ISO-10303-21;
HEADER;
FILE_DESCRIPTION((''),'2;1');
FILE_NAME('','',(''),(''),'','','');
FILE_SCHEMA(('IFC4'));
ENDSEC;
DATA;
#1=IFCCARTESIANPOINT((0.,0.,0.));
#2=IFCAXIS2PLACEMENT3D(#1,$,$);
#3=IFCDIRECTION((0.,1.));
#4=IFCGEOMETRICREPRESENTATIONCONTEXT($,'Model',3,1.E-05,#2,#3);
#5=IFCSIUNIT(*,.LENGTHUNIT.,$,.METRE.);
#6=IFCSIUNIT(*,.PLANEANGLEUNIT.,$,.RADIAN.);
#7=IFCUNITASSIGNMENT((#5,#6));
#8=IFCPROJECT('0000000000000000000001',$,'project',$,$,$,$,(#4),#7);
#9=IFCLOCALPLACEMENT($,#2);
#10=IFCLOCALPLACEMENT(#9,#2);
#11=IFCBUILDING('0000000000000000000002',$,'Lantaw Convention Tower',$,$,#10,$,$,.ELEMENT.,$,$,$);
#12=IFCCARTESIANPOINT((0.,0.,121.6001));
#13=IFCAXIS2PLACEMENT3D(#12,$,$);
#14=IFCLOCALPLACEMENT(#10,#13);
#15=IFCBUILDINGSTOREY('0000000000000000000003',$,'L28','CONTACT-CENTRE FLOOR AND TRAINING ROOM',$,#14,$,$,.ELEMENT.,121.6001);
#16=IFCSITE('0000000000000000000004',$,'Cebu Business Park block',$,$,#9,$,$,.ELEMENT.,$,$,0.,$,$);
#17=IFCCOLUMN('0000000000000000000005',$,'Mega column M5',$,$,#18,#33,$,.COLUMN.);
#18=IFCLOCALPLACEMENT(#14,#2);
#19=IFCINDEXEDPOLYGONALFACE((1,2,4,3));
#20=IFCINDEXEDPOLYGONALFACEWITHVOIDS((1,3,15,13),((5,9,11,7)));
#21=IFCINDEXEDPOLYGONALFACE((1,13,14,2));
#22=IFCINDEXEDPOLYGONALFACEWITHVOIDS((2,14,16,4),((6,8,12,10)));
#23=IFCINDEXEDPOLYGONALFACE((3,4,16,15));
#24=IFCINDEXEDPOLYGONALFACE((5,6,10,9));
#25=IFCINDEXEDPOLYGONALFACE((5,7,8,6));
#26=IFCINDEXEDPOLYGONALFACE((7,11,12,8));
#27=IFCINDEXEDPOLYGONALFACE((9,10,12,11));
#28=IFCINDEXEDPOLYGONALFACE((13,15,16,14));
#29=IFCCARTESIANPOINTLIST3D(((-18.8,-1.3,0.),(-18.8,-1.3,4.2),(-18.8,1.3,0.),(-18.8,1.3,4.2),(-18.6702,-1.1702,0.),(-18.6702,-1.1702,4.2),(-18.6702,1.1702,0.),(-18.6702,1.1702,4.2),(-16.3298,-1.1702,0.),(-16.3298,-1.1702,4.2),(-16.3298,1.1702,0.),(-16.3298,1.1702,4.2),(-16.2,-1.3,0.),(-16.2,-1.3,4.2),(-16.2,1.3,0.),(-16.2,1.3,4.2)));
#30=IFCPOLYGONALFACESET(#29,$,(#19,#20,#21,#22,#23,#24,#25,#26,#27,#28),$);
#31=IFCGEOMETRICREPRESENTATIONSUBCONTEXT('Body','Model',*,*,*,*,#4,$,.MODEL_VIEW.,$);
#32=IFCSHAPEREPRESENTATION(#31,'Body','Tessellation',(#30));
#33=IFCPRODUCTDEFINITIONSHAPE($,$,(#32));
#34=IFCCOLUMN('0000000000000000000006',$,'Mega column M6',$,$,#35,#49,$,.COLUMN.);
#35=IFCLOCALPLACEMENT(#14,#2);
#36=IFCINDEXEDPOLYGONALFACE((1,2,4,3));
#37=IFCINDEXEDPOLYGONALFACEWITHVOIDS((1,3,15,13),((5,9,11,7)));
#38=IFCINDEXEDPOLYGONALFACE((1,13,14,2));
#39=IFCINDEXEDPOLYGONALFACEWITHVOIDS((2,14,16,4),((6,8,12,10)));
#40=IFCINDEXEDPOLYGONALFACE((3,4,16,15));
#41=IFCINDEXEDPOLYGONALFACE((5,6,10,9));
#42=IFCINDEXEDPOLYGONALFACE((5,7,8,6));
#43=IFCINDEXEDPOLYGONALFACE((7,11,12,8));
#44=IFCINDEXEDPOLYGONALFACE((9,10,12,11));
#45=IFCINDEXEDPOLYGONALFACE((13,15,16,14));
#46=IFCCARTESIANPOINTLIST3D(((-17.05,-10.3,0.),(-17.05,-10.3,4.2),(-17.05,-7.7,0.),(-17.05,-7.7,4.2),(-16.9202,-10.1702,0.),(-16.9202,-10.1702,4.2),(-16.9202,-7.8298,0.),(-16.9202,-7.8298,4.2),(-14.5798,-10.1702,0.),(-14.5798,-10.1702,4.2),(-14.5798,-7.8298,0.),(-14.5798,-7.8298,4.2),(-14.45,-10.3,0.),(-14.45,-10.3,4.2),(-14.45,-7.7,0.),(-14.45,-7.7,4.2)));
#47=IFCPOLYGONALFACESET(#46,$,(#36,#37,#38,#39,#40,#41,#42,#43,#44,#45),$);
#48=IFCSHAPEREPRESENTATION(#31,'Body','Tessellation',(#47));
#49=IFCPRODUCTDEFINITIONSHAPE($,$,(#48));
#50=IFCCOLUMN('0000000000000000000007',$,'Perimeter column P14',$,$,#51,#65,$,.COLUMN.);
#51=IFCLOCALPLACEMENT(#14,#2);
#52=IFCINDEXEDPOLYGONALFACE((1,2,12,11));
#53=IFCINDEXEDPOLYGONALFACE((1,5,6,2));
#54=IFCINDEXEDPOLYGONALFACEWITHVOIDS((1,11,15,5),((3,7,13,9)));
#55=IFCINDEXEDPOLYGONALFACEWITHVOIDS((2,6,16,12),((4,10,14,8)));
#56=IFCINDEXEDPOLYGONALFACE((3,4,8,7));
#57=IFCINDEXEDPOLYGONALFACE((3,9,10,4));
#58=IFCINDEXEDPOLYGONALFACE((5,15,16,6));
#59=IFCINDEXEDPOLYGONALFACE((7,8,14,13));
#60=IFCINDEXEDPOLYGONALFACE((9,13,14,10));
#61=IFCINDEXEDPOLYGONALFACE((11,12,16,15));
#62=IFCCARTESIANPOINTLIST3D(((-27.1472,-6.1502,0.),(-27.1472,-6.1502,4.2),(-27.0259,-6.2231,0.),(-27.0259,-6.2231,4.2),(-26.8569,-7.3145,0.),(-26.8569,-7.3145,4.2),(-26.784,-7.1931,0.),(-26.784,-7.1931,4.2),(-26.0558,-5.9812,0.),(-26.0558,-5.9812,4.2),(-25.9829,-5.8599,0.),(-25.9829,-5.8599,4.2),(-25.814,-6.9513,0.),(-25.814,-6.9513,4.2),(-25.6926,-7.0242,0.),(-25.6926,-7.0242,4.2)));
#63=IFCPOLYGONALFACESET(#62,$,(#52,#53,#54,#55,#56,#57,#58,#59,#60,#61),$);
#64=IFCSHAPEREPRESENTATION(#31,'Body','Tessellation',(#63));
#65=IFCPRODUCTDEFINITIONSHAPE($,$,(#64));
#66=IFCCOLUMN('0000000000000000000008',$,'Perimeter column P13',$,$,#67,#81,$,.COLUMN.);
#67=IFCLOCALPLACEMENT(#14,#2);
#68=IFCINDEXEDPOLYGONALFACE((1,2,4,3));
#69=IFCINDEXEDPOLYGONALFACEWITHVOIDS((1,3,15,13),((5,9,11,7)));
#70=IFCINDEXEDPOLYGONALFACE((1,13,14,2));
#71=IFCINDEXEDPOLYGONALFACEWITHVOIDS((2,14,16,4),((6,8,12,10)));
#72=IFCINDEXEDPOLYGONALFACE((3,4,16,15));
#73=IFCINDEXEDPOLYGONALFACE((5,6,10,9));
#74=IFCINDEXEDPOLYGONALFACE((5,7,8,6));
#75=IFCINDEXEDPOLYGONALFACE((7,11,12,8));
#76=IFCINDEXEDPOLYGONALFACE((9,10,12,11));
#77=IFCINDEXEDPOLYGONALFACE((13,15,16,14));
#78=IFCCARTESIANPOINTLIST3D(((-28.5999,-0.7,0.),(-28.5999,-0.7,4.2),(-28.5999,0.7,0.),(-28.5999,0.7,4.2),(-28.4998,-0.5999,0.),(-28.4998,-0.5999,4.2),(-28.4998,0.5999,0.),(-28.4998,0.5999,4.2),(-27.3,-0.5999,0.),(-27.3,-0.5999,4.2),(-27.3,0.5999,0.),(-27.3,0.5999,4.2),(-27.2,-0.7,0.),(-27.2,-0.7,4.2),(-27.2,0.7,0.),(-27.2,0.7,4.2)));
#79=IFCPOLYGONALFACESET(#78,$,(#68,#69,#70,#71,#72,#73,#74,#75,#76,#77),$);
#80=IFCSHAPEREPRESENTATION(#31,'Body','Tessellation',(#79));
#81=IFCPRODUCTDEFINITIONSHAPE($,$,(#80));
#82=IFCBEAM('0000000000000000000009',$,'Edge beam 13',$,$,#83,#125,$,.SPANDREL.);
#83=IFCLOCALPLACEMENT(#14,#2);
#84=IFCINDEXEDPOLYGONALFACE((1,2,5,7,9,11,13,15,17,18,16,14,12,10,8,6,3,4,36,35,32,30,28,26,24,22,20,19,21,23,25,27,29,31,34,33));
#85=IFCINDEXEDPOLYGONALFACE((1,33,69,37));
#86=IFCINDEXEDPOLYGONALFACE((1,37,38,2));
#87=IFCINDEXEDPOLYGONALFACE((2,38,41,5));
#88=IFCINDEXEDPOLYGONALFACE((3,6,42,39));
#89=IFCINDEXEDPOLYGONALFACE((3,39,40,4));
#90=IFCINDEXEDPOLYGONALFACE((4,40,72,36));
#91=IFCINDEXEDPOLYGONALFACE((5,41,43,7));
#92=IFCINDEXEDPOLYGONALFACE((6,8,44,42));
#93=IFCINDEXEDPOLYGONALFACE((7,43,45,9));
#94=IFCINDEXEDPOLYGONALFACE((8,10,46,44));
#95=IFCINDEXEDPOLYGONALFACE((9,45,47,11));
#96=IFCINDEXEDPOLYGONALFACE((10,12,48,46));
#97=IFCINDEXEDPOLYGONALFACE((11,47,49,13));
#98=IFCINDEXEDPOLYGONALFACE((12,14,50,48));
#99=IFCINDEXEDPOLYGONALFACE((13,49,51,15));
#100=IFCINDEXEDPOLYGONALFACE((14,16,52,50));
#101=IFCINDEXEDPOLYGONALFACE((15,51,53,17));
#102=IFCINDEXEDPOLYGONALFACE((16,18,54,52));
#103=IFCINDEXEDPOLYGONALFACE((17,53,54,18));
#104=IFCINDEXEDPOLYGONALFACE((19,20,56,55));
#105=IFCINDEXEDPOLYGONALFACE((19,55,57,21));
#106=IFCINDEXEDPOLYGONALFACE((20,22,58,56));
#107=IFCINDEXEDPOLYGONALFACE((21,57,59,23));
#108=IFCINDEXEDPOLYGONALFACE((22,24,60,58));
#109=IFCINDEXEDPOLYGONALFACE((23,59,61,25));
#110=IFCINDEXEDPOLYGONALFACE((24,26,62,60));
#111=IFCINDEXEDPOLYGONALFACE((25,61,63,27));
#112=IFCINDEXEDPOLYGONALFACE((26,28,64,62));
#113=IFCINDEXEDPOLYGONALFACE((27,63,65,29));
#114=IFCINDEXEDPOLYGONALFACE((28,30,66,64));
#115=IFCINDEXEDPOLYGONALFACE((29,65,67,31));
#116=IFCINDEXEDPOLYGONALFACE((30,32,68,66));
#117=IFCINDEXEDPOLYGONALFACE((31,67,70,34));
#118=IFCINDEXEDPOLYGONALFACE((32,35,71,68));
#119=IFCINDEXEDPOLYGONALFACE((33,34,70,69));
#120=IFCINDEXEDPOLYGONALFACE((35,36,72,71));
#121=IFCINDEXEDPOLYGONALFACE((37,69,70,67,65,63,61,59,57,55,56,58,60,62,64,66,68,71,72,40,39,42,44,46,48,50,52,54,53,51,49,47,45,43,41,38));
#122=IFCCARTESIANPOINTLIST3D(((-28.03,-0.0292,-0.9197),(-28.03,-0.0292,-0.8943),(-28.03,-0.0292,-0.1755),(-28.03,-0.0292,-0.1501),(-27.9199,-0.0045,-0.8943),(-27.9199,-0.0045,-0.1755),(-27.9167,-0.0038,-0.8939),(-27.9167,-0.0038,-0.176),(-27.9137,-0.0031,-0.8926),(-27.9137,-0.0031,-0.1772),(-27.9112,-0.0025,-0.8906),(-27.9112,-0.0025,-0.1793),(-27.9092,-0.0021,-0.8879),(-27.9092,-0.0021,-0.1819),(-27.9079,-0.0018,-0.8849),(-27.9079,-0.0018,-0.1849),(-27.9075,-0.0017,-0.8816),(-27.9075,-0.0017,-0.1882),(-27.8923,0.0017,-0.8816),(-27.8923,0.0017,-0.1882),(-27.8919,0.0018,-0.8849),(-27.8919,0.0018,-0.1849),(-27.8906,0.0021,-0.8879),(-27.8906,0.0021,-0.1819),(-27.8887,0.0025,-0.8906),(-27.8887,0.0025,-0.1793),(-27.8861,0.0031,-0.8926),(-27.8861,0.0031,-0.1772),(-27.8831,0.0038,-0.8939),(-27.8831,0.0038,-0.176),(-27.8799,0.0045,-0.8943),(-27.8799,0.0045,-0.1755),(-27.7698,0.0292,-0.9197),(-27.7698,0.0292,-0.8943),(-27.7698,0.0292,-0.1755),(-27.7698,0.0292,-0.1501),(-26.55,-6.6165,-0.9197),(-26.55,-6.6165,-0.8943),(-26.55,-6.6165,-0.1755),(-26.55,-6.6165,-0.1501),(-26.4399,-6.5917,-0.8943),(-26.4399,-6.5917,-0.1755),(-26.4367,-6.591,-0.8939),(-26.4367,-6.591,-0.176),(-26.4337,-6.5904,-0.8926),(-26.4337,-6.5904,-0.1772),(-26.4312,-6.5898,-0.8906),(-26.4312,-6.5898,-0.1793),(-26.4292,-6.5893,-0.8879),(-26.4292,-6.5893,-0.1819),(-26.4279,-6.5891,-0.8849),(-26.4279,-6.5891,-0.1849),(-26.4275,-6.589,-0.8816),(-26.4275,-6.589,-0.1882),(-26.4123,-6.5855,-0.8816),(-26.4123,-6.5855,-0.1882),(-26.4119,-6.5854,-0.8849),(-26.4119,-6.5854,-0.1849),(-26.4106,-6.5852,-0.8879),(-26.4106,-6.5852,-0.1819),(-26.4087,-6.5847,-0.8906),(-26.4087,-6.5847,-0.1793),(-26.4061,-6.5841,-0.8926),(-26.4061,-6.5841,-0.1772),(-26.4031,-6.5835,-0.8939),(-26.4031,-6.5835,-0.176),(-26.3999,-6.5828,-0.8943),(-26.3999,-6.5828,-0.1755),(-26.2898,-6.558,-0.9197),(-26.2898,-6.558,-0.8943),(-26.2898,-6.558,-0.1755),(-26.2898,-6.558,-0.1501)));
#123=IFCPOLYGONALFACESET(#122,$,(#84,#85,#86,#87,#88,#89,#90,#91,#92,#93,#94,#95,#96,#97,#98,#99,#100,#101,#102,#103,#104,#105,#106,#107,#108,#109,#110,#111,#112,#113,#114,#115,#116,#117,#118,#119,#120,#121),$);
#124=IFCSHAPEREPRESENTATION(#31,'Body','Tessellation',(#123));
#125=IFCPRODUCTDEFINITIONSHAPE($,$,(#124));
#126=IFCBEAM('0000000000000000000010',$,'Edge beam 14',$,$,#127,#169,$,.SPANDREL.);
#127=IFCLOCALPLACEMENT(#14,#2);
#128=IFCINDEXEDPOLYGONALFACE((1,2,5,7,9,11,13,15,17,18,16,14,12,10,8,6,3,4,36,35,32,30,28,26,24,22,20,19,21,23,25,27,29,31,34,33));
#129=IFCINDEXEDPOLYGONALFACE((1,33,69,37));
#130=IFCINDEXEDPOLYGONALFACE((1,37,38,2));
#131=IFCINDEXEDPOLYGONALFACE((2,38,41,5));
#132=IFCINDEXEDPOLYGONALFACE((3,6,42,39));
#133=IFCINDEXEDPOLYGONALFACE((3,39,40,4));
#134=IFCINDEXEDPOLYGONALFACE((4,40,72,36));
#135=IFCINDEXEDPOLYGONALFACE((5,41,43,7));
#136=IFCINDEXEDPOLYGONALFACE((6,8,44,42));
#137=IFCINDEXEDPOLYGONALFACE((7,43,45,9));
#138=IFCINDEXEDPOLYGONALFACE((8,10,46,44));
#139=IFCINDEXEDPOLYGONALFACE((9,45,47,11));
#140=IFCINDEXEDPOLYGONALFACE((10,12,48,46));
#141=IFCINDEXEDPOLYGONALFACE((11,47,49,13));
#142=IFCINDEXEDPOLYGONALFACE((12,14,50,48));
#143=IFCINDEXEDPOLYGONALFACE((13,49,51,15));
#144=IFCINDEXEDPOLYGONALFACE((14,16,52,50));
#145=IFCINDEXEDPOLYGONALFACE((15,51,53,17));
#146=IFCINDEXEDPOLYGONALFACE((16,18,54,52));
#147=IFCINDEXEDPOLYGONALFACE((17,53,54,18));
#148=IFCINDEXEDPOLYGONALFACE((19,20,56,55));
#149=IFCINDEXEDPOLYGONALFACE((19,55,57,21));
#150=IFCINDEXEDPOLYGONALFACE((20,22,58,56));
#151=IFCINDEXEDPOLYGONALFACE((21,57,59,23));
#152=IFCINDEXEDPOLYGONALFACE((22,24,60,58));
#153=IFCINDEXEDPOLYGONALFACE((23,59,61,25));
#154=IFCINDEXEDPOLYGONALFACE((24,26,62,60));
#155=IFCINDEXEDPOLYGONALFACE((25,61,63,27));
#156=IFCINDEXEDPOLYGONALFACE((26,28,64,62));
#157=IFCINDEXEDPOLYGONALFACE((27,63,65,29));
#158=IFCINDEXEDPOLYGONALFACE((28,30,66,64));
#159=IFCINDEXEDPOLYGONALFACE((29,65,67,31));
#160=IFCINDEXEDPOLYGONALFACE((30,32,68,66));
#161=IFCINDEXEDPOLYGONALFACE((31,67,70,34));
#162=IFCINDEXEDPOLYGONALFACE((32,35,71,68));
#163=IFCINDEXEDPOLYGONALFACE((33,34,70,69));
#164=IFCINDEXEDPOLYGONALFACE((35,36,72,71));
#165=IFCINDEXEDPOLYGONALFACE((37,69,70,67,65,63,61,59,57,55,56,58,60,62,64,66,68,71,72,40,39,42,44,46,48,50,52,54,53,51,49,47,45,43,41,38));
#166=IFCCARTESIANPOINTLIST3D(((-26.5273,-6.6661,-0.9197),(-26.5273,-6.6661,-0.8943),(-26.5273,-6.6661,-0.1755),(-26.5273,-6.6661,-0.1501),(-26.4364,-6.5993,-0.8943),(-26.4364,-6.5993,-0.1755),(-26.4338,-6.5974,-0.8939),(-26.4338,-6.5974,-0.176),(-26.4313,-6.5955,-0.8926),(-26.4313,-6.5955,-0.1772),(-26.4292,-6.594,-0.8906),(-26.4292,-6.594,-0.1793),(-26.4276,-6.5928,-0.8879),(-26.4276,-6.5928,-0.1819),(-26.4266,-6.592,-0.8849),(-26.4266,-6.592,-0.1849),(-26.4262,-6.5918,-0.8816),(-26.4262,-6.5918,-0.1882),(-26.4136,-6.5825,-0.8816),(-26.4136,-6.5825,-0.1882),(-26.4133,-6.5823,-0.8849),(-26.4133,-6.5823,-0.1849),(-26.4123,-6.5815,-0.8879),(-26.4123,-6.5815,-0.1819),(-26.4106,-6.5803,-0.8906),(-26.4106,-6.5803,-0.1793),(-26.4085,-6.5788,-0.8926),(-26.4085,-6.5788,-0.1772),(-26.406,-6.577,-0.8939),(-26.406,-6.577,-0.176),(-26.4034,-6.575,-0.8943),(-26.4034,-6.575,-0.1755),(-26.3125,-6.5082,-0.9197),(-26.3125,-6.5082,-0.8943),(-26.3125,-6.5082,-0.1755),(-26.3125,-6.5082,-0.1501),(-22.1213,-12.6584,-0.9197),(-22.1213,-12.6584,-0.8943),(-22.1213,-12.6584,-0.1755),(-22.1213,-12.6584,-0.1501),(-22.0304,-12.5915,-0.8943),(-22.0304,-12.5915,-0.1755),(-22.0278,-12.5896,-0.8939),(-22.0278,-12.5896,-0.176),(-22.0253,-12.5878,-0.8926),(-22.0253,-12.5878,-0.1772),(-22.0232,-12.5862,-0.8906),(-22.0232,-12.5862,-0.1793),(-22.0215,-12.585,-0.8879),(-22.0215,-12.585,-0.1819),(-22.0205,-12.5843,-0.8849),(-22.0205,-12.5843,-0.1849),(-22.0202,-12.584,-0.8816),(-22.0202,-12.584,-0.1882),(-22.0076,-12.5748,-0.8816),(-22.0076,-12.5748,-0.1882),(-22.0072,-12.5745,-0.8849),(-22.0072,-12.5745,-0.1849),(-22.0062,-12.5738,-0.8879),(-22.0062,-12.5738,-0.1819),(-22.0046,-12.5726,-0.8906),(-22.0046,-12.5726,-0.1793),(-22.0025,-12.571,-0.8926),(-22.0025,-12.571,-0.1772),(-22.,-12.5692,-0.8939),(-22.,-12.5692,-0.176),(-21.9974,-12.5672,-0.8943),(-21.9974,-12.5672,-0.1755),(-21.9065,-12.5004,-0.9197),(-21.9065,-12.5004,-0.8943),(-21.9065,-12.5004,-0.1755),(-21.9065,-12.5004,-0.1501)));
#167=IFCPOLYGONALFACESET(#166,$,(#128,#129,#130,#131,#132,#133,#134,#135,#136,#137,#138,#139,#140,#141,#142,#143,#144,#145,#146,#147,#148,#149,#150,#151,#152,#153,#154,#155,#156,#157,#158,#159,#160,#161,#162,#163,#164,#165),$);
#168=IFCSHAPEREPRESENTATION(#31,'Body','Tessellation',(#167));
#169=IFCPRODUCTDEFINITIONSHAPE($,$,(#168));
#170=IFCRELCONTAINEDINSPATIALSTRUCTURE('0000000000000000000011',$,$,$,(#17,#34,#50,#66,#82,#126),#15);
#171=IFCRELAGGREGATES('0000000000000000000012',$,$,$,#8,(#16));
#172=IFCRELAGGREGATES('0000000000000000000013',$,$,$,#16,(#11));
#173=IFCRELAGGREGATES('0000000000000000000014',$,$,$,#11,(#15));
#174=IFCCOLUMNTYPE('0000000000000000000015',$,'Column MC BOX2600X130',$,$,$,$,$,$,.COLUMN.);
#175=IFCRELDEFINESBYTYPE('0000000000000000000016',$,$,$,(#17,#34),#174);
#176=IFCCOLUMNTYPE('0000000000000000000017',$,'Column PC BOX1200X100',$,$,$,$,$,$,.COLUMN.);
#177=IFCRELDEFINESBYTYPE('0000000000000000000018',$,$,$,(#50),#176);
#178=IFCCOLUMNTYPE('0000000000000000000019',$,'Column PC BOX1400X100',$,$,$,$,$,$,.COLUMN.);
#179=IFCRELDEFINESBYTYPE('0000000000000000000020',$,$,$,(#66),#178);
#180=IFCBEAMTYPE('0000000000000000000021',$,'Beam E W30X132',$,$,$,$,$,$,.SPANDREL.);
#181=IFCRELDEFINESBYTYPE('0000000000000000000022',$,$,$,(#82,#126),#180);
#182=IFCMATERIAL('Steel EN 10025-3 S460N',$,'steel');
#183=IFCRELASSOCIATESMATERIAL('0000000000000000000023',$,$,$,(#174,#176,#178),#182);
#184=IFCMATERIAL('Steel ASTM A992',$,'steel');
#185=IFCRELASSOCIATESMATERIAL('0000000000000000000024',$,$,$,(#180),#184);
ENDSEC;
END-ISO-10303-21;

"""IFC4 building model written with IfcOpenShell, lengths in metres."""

from ifc_helpers import new_model, si_unit, direction, frame, origin, origin_2d, place, context, subcontext, project, spatial, rectangle, hollow_rectangle, i_section, extrude, material, material_profile, profile_set, type_object, element, save


model = new_model("IFC4")

# Units and contexts
model_context = context("Model", 3, precision=1e-05, world=origin(), true_north=direction((0.0, 1.0)))
body_context = subcontext(model_context, "Body", "Model", "MODEL_VIEW")
ifc_project = project(units=[si_unit("LENGTHUNIT", "METRE"), si_unit("PLANEANGLEUNIT", "RADIAN")], contexts=[model_context])

# Site, building, storey
site_placement = place(None, origin())
site = spatial("IfcSite", under=ifc_project, at=site_placement, Name="Cebu Business Park block", CompositionType="ELEMENT", RefElevation=0.0)
building_placement = place(site_placement, origin())
building = spatial("IfcBuilding", under=site, at=building_placement, Name="Lantaw Convention Tower", CompositionType="ELEMENT")
storey_placement = place(building_placement, frame((0.0, 0.0, 121.6001)))
storey = spatial("IfcBuildingStorey", under=building, at=storey_placement, Name="L28", Description="CONTACT-CENTRE FLOOR AND TRAINING ROOM", CompositionType="ELEMENT", Elevation=121.6001)

# Columns
ifc_material_1 = material(Name="Steel EN 10025-3 S460N", Category="steel")
ifc_material_profile_1 = material_profile(ifc_material_1, hollow_rectangle(XDim=2.6001, YDim=2.6001, WallThickness=0.1299, at=origin_2d()), Name="BOX2600X130")
ifc_material_2 = material(Name="Concrete C60/75", Category="concrete")
ifc_material_profile_2 = material_profile(ifc_material_2, rectangle(XDim=2.3401, YDim=2.3401, at=origin_2d()), Name="Concrete fill of BOX2600X130")
ifc_profile_set_1 = profile_set([ifc_material_profile_1, ifc_material_profile_2], Name="Steel EN 10025-3 S460N")
column_type_1 = type_object("IfcColumnType", Name="Column MC BOX2600X130", PredefinedType="COLUMN", material=ifc_profile_set_1)
for number, where, z_axis, x_axis, name in (
    (1, (-17.5, 0.0, 0.0), (0.0, 0.0, 1.0), (1.0, 0.0, 0.0), "Mega column M5"),
    (2, (-15.75, -9.0, 0.0), (0.0, 0.0, 1.0), (1.0, 0.0, 0.0), "Mega column M6"),
):
    element("IfcColumn", number, at=place(storey_placement, frame(where, z_axis=z_axis, x_axis=x_axis)), inside=storey, type_object=column_type_1, Name=name, PredefinedType="COLUMN", context=body_context, shape_type="SweptSolid", body=[
        extrude(hollow_rectangle(XDim=2.6001, YDim=2.6001, WallThickness=0.1299, at=origin_2d()), origin(), (0.0, 0.0, 1.0), 4.2),
    ])
ifc_material_profile_3 = material_profile(ifc_material_1, hollow_rectangle(XDim=1.2, YDim=1.2, WallThickness=0.1001, at=origin_2d()), Name="BOX1200X100")
ifc_material_profile_4 = material_profile(ifc_material_2, rectangle(XDim=1.0, YDim=1.0, at=origin_2d()), Name="Concrete fill of BOX1200X100")
ifc_profile_set_2 = profile_set([ifc_material_profile_3, ifc_material_profile_4], Name="Steel EN 10025-3 S460N")
column_type_2 = type_object("IfcColumnType", Name="Column PC BOX1200X100", PredefinedType="COLUMN", material=ifc_profile_set_2)
column_1_placement = place(storey_placement, frame((-26.4199, -6.5872, 0.0), z_axis=(0.0, 0.0, 1.0), x_axis=(0.970296, 0.241922, 0.0)))
element("IfcColumn", 3, at=column_1_placement, inside=storey, type_object=column_type_2, Name="Perimeter column P14", PredefinedType="COLUMN", context=body_context, shape_type="SweptSolid", body=[
    extrude(hollow_rectangle(XDim=1.2, YDim=1.2, WallThickness=0.1001, at=origin_2d()), origin(), (0.0, 0.0, 1.0), 4.2),
])
ifc_material_profile_5 = material_profile(ifc_material_1, hollow_rectangle(XDim=1.3999, YDim=1.3999, WallThickness=0.1001, at=origin_2d()), Name="BOX1400X100")
ifc_material_profile_6 = material_profile(ifc_material_2, rectangle(XDim=1.2, YDim=1.2, at=origin_2d()), Name="Concrete fill of BOX1400X100")
ifc_profile_set_3 = profile_set([ifc_material_profile_5, ifc_material_profile_6], Name="Steel EN 10025-3 S460N")
column_type_3 = type_object("IfcColumnType", Name="Column PC BOX1400X100", PredefinedType="COLUMN", material=ifc_profile_set_3)
column_2_placement = place(storey_placement, frame((-27.8999, 0.0, 0.0), z_axis=(0.0, 0.0, 1.0), x_axis=(1.0, 0.0, 0.0)))
element("IfcColumn", 4, at=column_2_placement, inside=storey, type_object=column_type_3, Name="Perimeter column P13", PredefinedType="COLUMN", context=body_context, shape_type="SweptSolid", body=[
    extrude(hollow_rectangle(XDim=1.3999, YDim=1.3999, WallThickness=0.1001, at=origin_2d()), origin(), (0.0, 0.0, 1.0), 4.2),
])

# Beams
ifc_material_3 = material(Name="Steel ASTM A992", Category="steel")
ifc_material_profile_7 = material_profile(ifc_material_3, i_section(OverallWidth=0.2666, OverallDepth=0.7695, WebThickness=0.0156, FlangeThickness=0.0254, FilletRadius=0.0127, at=origin_2d()), Name="W30X132")
ifc_profile_set_4 = profile_set([ifc_material_profile_7], Name="Steel ASTM A992")
beam_type_1 = type_object("IfcBeamType", Name="Beam E W30X132", PredefinedType="SPANDREL", material=ifc_profile_set_4)
beam_1_placement = place(storey_placement, frame((-27.8999, 0.0, -0.5349), z_axis=(0.219212, -0.975677, 0.0), x_axis=(0.975677, 0.219212, 0.0)))
element("IfcBeam", 5, at=beam_1_placement, inside=storey, type_object=beam_type_1, Name="Edge beam 13", PredefinedType="SPANDREL", context=body_context, shape_type="SweptSolid", body=[
    extrude(i_section(OverallWidth=0.2666, OverallDepth=0.7695, WebThickness=0.0156, FlangeThickness=0.0254, FilletRadius=0.0127, at=origin_2d()), origin(), (0.0, 0.0, 1.0), 6.7515),
])
beam_2_placement = place(storey_placement, frame((-26.4199, -6.5872, -0.5349), z_axis=(0.592389, -0.805652, 0.0), x_axis=(0.805652, 0.592389, 0.0)))
element("IfcBeam", 6, at=beam_2_placement, inside=storey, type_object=beam_type_1, Name="Edge beam 14", PredefinedType="SPANDREL", context=body_context, shape_type="SweptSolid", body=[
    extrude(i_section(OverallWidth=0.2666, OverallDepth=0.7695, WebThickness=0.0156, FlangeThickness=0.0254, FilletRadius=0.0127, at=origin_2d()), origin(), (0.0, 0.0, 1.0), 7.4377),
])

save(model, "model.ifc")
